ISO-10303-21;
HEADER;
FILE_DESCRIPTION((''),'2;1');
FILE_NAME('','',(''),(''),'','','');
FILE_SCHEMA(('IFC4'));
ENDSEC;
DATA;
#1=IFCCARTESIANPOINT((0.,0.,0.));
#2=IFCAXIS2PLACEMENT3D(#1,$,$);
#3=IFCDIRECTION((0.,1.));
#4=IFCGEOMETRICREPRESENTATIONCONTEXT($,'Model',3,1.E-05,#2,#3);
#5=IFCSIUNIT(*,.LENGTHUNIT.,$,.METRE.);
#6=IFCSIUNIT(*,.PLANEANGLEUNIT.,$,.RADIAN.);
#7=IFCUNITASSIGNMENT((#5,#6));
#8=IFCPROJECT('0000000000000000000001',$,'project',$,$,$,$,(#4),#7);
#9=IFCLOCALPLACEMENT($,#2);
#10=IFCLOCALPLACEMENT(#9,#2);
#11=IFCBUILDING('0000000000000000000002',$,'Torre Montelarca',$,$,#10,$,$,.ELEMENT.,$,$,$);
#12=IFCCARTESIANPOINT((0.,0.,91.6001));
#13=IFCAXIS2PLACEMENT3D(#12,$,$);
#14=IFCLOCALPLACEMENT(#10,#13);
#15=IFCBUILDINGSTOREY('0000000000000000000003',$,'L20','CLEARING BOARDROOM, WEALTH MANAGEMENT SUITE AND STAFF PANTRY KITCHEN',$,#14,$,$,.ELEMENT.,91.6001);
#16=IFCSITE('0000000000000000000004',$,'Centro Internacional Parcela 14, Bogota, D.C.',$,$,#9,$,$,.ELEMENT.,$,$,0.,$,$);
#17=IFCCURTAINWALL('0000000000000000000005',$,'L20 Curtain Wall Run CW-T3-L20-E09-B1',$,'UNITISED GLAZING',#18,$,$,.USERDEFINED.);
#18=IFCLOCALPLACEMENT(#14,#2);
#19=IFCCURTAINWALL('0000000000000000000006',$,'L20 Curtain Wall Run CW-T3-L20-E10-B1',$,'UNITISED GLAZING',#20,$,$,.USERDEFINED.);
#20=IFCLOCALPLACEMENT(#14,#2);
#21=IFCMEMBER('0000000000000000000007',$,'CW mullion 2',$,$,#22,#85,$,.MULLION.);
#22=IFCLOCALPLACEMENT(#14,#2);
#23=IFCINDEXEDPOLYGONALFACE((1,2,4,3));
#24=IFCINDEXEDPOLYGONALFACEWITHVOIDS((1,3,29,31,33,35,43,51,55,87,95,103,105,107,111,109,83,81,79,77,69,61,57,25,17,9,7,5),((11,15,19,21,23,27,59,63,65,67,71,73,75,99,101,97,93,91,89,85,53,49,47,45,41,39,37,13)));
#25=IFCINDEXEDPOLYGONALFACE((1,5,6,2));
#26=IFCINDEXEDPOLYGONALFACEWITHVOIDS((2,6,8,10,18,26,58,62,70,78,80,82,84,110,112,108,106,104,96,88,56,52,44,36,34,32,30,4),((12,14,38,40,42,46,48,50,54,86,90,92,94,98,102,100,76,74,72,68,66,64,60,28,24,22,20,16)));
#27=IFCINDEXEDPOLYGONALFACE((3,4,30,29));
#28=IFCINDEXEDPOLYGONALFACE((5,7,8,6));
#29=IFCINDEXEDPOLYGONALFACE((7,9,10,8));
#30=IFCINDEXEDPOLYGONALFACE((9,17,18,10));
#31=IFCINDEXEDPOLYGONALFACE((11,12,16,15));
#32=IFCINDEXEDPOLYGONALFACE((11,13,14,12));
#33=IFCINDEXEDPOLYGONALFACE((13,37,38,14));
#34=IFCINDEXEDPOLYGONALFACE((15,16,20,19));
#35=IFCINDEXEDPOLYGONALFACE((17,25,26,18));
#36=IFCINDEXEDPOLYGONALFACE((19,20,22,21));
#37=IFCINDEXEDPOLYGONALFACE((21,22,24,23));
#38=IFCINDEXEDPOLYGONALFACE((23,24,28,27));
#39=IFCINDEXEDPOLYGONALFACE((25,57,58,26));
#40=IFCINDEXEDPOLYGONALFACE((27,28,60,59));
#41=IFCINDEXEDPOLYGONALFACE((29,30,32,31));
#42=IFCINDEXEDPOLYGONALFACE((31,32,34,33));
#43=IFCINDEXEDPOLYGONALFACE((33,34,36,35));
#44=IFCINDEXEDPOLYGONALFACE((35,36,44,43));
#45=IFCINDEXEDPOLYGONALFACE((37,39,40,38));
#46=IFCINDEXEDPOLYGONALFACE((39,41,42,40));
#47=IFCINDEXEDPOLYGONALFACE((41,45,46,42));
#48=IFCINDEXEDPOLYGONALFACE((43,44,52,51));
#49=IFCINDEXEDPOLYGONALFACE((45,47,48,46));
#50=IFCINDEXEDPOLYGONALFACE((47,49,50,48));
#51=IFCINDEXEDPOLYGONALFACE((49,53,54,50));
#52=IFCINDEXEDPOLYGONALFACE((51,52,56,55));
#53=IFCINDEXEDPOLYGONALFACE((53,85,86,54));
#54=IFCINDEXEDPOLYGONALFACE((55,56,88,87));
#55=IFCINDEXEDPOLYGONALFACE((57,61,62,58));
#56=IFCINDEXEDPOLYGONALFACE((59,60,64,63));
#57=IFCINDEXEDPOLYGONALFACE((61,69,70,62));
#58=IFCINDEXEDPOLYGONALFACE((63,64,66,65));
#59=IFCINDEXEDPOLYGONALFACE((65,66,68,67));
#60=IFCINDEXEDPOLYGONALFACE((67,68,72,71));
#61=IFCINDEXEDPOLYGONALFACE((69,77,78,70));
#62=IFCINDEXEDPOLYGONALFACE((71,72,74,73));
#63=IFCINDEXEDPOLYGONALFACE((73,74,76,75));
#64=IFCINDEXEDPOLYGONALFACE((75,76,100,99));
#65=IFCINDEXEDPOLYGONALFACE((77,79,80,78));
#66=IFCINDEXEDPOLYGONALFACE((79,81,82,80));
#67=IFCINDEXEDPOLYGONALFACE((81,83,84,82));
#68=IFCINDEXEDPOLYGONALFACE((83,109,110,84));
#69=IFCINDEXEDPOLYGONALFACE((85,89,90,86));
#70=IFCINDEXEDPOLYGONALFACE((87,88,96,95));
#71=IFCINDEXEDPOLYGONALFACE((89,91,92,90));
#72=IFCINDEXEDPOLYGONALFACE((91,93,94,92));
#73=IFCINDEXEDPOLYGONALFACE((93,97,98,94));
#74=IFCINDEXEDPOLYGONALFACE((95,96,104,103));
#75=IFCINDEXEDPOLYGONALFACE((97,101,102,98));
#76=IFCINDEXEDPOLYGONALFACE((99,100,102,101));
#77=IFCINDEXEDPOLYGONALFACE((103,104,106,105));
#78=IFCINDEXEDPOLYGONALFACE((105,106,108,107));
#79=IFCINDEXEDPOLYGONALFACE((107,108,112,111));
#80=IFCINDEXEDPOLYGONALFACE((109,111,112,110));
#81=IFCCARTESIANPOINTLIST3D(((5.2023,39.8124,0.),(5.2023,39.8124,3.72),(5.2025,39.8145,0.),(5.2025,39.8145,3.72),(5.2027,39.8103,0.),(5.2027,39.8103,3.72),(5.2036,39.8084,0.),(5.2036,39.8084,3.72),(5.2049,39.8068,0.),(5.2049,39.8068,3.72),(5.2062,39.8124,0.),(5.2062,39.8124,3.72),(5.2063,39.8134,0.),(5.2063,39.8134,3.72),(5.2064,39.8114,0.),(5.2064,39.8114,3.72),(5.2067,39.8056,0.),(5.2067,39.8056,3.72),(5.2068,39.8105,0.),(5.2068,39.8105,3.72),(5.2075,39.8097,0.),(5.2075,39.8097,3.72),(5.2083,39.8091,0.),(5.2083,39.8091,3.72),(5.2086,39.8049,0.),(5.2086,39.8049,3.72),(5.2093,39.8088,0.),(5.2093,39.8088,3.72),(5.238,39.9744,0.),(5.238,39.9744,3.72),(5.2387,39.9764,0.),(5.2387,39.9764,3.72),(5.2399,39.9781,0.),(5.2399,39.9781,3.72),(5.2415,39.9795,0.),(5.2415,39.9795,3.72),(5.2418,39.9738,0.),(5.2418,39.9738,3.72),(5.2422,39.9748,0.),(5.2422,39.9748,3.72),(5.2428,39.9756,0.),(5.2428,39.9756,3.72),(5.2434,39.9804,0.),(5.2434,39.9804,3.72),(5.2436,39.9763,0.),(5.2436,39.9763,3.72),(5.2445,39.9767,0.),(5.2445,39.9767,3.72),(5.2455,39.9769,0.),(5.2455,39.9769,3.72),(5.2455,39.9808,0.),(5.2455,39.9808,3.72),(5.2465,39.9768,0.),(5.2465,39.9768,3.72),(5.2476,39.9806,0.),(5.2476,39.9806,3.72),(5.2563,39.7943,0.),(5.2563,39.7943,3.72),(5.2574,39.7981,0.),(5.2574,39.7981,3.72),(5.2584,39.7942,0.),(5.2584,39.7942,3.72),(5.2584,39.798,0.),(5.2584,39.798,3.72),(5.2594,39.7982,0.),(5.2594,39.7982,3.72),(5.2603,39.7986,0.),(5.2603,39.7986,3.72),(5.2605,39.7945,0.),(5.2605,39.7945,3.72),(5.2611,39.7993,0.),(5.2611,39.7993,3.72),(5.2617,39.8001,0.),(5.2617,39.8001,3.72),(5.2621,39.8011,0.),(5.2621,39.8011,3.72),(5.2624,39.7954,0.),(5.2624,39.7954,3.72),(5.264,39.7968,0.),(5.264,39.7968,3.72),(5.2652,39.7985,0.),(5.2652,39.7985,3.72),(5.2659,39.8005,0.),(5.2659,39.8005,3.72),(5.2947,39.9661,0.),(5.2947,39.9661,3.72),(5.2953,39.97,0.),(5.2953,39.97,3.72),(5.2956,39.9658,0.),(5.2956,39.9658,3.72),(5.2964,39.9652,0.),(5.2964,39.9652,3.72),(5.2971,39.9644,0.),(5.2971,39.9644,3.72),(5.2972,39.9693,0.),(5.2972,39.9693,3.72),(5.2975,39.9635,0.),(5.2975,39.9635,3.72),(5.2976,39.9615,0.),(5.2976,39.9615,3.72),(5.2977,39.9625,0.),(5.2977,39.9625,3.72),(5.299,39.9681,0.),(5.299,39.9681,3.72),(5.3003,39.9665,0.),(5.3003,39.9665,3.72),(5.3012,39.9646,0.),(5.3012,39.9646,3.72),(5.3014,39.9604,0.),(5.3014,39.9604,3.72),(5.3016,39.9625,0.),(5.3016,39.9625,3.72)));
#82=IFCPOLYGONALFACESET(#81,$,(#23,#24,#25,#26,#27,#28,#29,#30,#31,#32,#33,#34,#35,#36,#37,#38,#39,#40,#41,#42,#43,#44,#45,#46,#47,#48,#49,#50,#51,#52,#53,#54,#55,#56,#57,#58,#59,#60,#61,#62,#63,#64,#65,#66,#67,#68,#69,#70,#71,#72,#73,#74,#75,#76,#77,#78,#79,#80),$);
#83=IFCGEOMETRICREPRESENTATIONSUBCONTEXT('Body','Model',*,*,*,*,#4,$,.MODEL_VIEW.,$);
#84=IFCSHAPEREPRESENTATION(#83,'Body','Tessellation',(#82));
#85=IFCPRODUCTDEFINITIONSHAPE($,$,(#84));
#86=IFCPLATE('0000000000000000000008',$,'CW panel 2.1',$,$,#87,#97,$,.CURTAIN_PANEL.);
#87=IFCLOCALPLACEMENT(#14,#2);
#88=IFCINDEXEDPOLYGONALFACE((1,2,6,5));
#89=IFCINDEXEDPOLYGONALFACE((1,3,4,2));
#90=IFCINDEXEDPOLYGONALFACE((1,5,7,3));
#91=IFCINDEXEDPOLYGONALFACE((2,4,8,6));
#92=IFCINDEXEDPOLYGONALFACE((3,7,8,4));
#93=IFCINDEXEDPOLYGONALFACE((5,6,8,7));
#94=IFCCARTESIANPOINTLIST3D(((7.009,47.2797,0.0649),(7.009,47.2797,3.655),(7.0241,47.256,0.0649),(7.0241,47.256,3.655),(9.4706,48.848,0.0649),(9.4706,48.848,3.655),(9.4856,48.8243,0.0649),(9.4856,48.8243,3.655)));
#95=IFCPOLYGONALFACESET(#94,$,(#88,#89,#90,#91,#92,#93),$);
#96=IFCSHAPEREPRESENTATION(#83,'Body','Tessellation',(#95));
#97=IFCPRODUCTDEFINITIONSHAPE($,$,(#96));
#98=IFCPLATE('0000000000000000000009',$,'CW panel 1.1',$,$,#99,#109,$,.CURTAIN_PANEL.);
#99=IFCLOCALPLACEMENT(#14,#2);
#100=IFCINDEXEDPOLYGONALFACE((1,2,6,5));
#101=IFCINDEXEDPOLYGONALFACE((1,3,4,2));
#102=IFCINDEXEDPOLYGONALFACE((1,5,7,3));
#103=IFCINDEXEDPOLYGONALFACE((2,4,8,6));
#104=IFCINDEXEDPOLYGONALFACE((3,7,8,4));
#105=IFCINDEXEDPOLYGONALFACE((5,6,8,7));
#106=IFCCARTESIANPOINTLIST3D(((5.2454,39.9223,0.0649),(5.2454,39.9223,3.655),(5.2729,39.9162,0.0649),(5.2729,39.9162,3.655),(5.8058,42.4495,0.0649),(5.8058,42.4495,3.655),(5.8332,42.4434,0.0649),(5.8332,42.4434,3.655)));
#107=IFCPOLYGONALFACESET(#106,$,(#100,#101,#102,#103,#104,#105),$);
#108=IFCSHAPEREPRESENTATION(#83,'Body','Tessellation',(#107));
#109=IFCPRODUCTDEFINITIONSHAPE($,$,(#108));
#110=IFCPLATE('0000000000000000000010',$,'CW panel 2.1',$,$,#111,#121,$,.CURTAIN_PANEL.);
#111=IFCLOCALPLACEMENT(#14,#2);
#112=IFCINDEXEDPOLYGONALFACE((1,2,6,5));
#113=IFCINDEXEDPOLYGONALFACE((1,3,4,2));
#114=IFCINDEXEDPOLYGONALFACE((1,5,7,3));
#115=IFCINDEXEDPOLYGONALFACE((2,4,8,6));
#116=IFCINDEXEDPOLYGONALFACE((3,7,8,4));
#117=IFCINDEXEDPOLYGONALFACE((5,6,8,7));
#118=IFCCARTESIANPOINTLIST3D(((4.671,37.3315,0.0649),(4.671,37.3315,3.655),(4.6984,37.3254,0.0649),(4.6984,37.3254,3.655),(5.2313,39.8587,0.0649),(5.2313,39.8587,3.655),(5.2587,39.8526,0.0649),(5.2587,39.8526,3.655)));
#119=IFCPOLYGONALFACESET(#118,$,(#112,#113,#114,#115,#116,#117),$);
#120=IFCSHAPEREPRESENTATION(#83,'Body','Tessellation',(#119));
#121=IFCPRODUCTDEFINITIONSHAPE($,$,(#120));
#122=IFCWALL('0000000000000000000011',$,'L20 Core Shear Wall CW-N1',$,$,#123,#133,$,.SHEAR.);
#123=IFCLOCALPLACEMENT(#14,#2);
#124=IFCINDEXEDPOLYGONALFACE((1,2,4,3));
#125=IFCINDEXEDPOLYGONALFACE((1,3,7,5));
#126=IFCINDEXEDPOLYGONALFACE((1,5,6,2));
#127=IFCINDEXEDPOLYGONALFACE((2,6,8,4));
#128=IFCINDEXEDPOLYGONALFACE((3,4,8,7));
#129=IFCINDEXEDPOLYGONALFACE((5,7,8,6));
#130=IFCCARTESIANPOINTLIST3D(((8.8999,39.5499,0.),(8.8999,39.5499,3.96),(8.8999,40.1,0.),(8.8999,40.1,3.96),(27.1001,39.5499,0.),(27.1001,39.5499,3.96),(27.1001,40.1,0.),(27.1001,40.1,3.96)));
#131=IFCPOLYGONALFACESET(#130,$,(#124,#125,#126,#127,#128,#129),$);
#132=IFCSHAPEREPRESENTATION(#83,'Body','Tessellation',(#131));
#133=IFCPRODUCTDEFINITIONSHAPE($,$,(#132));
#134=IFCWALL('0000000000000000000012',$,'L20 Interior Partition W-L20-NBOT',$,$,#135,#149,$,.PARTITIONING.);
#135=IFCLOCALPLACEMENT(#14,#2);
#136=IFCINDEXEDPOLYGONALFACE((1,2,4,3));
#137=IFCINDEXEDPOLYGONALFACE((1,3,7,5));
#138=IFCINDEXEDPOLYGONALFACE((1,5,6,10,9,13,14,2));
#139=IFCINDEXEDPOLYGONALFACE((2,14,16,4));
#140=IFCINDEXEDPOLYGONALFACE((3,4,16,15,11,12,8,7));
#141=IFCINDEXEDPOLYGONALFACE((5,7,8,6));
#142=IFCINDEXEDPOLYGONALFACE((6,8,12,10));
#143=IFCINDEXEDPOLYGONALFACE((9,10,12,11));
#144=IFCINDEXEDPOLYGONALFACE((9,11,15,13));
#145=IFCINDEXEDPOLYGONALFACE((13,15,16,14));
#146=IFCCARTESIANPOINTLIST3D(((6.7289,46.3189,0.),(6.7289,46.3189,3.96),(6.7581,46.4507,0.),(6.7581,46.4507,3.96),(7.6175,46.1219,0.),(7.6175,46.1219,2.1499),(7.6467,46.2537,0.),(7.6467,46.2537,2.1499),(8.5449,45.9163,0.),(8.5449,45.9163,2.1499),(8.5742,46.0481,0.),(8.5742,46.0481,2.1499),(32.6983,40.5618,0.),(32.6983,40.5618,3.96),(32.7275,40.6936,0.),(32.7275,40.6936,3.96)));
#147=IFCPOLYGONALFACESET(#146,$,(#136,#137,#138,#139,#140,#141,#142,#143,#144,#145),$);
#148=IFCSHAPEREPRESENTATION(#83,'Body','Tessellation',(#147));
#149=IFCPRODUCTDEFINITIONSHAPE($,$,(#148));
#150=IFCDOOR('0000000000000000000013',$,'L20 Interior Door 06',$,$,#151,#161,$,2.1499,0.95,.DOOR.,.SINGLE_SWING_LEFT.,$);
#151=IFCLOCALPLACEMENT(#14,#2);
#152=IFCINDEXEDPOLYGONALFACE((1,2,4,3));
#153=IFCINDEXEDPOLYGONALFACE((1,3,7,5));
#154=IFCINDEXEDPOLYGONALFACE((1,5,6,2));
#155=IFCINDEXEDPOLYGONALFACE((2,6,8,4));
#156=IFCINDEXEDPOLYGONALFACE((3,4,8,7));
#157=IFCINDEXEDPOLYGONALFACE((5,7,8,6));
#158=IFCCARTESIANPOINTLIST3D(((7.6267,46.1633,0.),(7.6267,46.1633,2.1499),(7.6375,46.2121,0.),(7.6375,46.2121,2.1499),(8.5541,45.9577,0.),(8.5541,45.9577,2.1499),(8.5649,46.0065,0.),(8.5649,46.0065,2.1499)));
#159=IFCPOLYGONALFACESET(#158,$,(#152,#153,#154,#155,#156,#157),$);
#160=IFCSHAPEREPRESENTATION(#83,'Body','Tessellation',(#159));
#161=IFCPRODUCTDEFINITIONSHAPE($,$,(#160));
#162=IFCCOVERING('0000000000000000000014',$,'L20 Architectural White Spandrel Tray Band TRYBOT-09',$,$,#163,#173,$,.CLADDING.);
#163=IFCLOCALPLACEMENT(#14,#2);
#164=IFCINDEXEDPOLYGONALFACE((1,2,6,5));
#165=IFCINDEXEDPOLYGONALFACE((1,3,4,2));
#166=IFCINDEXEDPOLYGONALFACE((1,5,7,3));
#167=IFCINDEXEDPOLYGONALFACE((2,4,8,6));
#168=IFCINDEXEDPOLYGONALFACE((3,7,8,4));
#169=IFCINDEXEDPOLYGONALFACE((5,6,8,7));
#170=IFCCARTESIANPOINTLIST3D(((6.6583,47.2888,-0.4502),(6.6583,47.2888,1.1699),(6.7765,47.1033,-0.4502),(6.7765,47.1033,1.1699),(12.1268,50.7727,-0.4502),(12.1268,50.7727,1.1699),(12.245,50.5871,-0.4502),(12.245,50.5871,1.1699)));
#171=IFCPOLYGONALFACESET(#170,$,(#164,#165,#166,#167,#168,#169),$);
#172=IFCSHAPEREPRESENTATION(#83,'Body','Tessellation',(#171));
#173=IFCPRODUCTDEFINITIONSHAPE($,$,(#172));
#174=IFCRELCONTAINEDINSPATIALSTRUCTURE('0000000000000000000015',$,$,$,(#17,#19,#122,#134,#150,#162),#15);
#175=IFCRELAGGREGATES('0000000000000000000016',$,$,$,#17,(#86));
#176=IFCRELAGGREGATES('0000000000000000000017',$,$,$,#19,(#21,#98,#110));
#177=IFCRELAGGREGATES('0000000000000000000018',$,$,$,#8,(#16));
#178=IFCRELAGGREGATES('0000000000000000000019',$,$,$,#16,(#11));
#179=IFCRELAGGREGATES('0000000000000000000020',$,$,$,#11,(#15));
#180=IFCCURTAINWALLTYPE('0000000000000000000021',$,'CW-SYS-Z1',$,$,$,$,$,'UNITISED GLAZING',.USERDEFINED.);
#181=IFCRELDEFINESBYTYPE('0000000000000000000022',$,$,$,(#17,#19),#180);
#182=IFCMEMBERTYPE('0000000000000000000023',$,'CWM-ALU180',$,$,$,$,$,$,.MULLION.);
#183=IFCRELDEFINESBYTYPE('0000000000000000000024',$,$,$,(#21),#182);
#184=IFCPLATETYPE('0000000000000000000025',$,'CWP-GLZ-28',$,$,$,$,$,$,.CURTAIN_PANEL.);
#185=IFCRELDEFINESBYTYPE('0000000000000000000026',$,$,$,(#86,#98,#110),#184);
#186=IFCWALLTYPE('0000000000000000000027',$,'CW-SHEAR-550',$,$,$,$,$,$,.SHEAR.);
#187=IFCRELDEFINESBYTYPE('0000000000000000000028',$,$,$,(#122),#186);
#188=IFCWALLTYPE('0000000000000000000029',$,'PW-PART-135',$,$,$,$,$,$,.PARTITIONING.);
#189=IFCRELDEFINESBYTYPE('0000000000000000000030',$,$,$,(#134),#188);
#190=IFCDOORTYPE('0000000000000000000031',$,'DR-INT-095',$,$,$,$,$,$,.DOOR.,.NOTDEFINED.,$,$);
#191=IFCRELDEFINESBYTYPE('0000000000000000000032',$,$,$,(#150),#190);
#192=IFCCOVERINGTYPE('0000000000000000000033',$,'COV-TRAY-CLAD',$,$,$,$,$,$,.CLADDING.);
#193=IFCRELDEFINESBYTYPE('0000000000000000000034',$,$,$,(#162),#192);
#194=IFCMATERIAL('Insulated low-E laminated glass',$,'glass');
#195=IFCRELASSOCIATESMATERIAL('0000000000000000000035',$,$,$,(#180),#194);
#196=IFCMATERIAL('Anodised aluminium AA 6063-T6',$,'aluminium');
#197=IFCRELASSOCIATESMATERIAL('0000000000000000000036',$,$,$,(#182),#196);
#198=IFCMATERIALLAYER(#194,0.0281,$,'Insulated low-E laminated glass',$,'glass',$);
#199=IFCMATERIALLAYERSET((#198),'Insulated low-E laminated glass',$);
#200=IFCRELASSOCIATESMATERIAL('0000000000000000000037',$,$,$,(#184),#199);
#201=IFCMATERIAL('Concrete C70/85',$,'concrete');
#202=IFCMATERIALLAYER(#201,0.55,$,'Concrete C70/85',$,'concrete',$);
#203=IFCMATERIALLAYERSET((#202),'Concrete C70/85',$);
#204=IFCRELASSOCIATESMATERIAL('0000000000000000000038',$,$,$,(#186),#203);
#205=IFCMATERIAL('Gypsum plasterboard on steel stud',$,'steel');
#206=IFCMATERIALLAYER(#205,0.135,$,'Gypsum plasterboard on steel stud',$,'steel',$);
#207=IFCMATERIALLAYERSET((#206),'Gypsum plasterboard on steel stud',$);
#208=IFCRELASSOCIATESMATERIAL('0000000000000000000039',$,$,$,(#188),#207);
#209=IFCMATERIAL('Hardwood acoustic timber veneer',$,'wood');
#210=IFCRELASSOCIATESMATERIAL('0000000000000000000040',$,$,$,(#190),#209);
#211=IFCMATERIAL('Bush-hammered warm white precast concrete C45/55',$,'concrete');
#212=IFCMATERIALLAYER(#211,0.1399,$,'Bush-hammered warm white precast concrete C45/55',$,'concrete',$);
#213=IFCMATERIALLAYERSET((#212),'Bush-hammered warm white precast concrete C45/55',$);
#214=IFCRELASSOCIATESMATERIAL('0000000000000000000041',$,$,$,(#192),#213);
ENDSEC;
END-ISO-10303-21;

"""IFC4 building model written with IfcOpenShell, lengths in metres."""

from ifc_helpers import new_model, si_unit, direction, frame, frame_2d, origin, origin_2d, place, context, subcontext, project, spatial, rectangle, hollow_rectangle, extrude, source, transform, mapped, material, layer, layer_set, material_profile, profile_set, type_object, element, fill, aggregate, save


model = new_model("IFC4")

# Units and contexts
model_context = context("Model", 3, precision=1e-05, world=origin(), true_north=direction((0.0, 1.0)))
body_context = subcontext(model_context, "Body", "Model", "MODEL_VIEW")
ifc_project = project(units=[si_unit("LENGTHUNIT", "METRE"), si_unit("PLANEANGLEUNIT", "RADIAN")], contexts=[model_context])

# Site, building, storey
site_placement = place(None, origin())
site = spatial("IfcSite", under=ifc_project, at=site_placement, Name="Centro Internacional Parcela 14, Bogota, D.C.", CompositionType="ELEMENT", RefElevation=0.0)
building_placement = place(site_placement, origin())
building = spatial("IfcBuilding", under=site, at=building_placement, Name="Torre Montelarca", CompositionType="ELEMENT")
storey_placement = place(building_placement, frame((0.0, 0.0, 91.6001)))
storey = spatial("IfcBuildingStorey", under=building, at=storey_placement, Name="L20", Description="CLEARING BOARDROOM, WEALTH MANAGEMENT SUITE AND STAFF PANTRY KITCHEN", CompositionType="ELEMENT", Elevation=91.6001)

# Curtain walls
ifc_material_1 = material(Name="Insulated low-E laminated glass", Category="glass")
curtain_wall_type = type_object("IfcCurtainWallType", Name="CW-SYS-Z1", ElementType="UNITISED GLAZING", PredefinedType="USERDEFINED", material=ifc_material_1)
curtain_wall_1_placement = place(storey_placement, origin())
curtain_wall_1 = element("IfcCurtainWall", 1, at=curtain_wall_1_placement, inside=storey, type_object=curtain_wall_type, Name="L20 Curtain Wall Run CW-T3-L20-E09-B1", ObjectType="UNITISED GLAZING", PredefinedType="USERDEFINED")
ifc_material_2 = material(Name="Anodised aluminium AA 6063-T6", Category="aluminium")
curtain_wall_2_placement = place(storey_placement, origin())
curtain_wall_2 = element("IfcCurtainWall", 2, at=curtain_wall_2_placement, inside=storey, type_object=curtain_wall_type, Name="L20 Curtain Wall Run CW-T3-L20-E10-B1", ObjectType="UNITISED GLAZING", PredefinedType="USERDEFINED")

# Member
ifc_material_profile_1 = material_profile(ifc_material_2, hollow_rectangle(XDim=0.0649, YDim=0.1799, WallThickness=0.0039, InnerFilletRadius=0.0039, OuterFilletRadius=0.0081, at=origin_2d()), Name="ALU65X180X4", Category="aluminium")
ifc_profile_set_1 = profile_set([ifc_material_profile_1], Name="Anodised aluminium AA 6063-T6")
member_type_1 = type_object("IfcMemberType", Name="CWM-ALU180", PredefinedType="MULLION", material=ifc_profile_set_1)
shared_shape_1 = source(origin(), body_context, "Body", "SweptSolid", [
    extrude(hollow_rectangle(XDim=0.0649, YDim=0.1799, WallThickness=0.0039, InnerFilletRadius=0.0039, OuterFilletRadius=0.0081, at=origin_2d()), origin(), (0.0, 0.0, 1.0), 3.72),
])
member_1_placement = place(storey_placement, frame((5.252, 39.8875, 0.0), z_axis=(0.0, 0.0, 1.0), x_axis=(0.976292, -0.216455, 0.0)))
member_1 = element("IfcMember", 3, at=member_1_placement, type_object=member_type_1, Name="CW mullion 2", PredefinedType="MULLION", context=body_context, shape_type="MappedRepresentation", body=[
    mapped(shared_shape_1, transform((0.0, 0.0, 0.0), scale=1.0)),
])

# Plates
ifc_layer_1 = layer(ifc_material_1, 0.0281, Name="Insulated low-E laminated glass", Category="glass")
ifc_layer_set_1 = layer_set([ifc_layer_1], Name="Insulated low-E laminated glass")
plate_type = type_object("IfcPlateType", Name="CWP-GLZ-28", PredefinedType="CURTAIN_PANEL", material=ifc_layer_set_1)
shared_shape_2 = source(origin(), body_context, "Body", "SweptSolid", [
    extrude(rectangle(XDim=2.9187, YDim=0.0281, at=origin_2d()), origin(), (0.0, 0.0, 1.0), 3.5901),
])
plate_1_placement = place(storey_placement, frame((8.2473, 48.052, 0.0649), z_axis=(0.0, 0.0, 1.0), x_axis=(-0.843381, -0.537316, 0.0)))
plate_1 = element("IfcPlate", 4, at=plate_1_placement, type_object=plate_type, Name="CW panel 2.1", PredefinedType="CURTAIN_PANEL", context=body_context, shape_type="MappedRepresentation", body=[
    mapped(shared_shape_2, transform((0.0, 0.0, 0.0), scale=1.0)),
])
aggregate(curtain_wall_1, [plate_1])
shared_shape_3 = source(origin(), body_context, "Body", "SweptSolid", [
    extrude(rectangle(XDim=2.5886, YDim=0.0281, at=origin_2d()), origin(), (0.0, 0.0, 1.0), 3.5901),
])
plate_2_placement = place(storey_placement, frame((5.5393, 41.1829, 0.0649), z_axis=(0.0, 0.0, 1.0), x_axis=(-0.216455, -0.976292, 0.0)))
plate_2 = element("IfcPlate", 5, at=plate_2_placement, type_object=plate_type, Name="CW panel 1.1", PredefinedType="CURTAIN_PANEL", context=body_context, shape_type="MappedRepresentation", body=[
    mapped(shared_shape_3, transform((0.0, 0.0, 0.0), scale=1.0)),
])
plate_3_placement = place(storey_placement, frame((4.9648, 38.592, 0.0649), z_axis=(0.0, 0.0, 1.0), x_axis=(-0.216455, -0.976292, 0.0)))
plate_3 = element("IfcPlate", 6, at=plate_3_placement, type_object=plate_type, Name="CW panel 2.1", PredefinedType="CURTAIN_PANEL", context=body_context, shape_type="MappedRepresentation", body=[
    mapped(shared_shape_3, transform((0.0, 0.0, 0.0), scale=1.0)),
])
aggregate(curtain_wall_2, [member_1, plate_2, plate_3])

# Wall
ifc_material_3 = material(Name="Concrete C70/85", Category="concrete")
ifc_layer_2 = layer(ifc_material_3, 0.55, Name="Concrete C70/85", Category="concrete")
ifc_layer_set_2 = layer_set([ifc_layer_2], Name="Concrete C70/85")
wall_type_1 = type_object("IfcWallType", Name="CW-SHEAR-550", PredefinedType="SHEAR", material=ifc_layer_set_2)
wall_1_placement = place(storey_placement, frame((8.8999, 39.825, 0.0), z_axis=(0.0, 0.0, 1.0), x_axis=(1.0, 0.0, 0.0)))
element("IfcWall", 7, at=wall_1_placement, inside=storey, type_object=wall_type_1, Name="L20 Core Shear Wall CW-N1", PredefinedType="SHEAR", context=body_context, shape_type="SweptSolid", body=[
    extrude(rectangle(XDim=18.2002, YDim=0.55, at=frame_2d((9.1001, 0.0))), origin(), (0.0, 0.0, 1.0), 3.96),
])

# Wall, opening, door
ifc_material_4 = material(Name="Gypsum plasterboard on steel stud", Category="steel")
ifc_layer_3 = layer(ifc_material_4, 0.135, Name="Gypsum plasterboard on steel stud", Category="steel")
ifc_layer_set_3 = layer_set([ifc_layer_3], Name="Gypsum plasterboard on steel stud")
wall_type_2 = type_object("IfcWallType", Name="PW-PART-135", PredefinedType="PARTITIONING", material=ifc_layer_set_3)
wall_2_placement = place(storey_placement, frame((6.7437, 46.3848, 0.0), z_axis=(0.0, 0.0, 1.0), x_axis=(0.976298, -0.216432, 0.0)))
wall_2 = element("IfcWall", 8, at=wall_2_placement, inside=storey, type_object=wall_type_2, Name="L20 Interior Partition W-L20-NBOT", PredefinedType="PARTITIONING", context=body_context, shape_type="SweptSolid", body=[
    extrude(rectangle(XDim=26.5999, YDim=0.135, at=frame_2d((13.2998, 0.0))), origin(), (0.0, 0.0, 1.0), 3.96),
])
opening_placement = place(wall_2_placement, frame((0.9099, 0.0, 0.0)))
opening = element("IfcOpeningElement", 9, at=opening_placement, cuts=wall_2, PredefinedType="OPENING", context=body_context, shape_type="SweptSolid", body=[
    extrude(rectangle(XDim=0.95, YDim=2.1499, at=frame_2d((0.4751, 1.075))), frame((0.0, 0.0776, 0.0), z_axis=(0.0, -1.0, 0.0), x_axis=(1.0, 0.0, 0.0)), (0.0, 0.0, 1.0), 0.155),
])
ifc_material_5 = material(Name="Hardwood acoustic timber veneer", Category="wood")
door_type = type_object("IfcDoorType", Name="DR-INT-095", OperationType="NOTDEFINED", PredefinedType="DOOR", material=ifc_material_5)
shared_shape_4 = source(origin(), body_context, "Body", "SweptSolid", [
    extrude(rectangle(XDim=0.95, YDim=2.1499, at=frame_2d((0.4751, 1.075))), frame((0.0, 0.0249, 0.0), z_axis=(0.0, -1.0, 0.0), x_axis=(1.0, 0.0, 0.0)), (0.0, 0.0, 1.0), 0.05),
])
door_placement = place(opening_placement, origin())
door = element("IfcDoor", 10, at=door_placement, inside=storey, type_object=door_type, Name="L20 Interior Door 06", OperationType="SINGLE_SWING_LEFT", OverallHeight=2.1499, OverallWidth=0.95, PredefinedType="DOOR", context=body_context, shape_type="MappedRepresentation", body=[
    mapped(shared_shape_4, transform((0.0, 0.0, 0.0), scale=1.0)),
])
fill(opening, door)

# Covering
ifc_material_6 = material(Name="Bush-hammered warm white precast concrete C45/55", Category="concrete")
ifc_layer_4 = layer(ifc_material_6, 0.1399, Name="Bush-hammered warm white precast concrete C45/55", Category="concrete")
ifc_layer_set_4 = layer_set([ifc_layer_4], Name="Bush-hammered warm white precast concrete C45/55")
covering_type = type_object("IfcCoveringType", Name="COV-TRAY-CLAD", PredefinedType="CLADDING", material=ifc_layer_set_4)
shared_shape_5 = source(origin(), body_context, "Body", "SweptSolid", [
    extrude(rectangle(XDim=6.4839, YDim=0.22, at=origin_2d()), origin(), (0.0, 0.0, 1.0), 1.6201),
])
covering_1_placement = place(storey_placement, frame((9.4517, 48.938, -0.4502), z_axis=(0.0, 0.0, 1.0), x_axis=(-0.843388, -0.537305, 0.0)))
element("IfcCovering", 11, at=covering_1_placement, inside=storey, type_object=covering_type, Name="L20 Architectural White Spandrel Tray Band TRYBOT-09", PredefinedType="CLADDING", context=body_context, shape_type="MappedRepresentation", body=[
    mapped(shared_shape_5, transform((0.0, 0.0, 0.0), scale=1.0)),
])

save(model, "model.ifc")
